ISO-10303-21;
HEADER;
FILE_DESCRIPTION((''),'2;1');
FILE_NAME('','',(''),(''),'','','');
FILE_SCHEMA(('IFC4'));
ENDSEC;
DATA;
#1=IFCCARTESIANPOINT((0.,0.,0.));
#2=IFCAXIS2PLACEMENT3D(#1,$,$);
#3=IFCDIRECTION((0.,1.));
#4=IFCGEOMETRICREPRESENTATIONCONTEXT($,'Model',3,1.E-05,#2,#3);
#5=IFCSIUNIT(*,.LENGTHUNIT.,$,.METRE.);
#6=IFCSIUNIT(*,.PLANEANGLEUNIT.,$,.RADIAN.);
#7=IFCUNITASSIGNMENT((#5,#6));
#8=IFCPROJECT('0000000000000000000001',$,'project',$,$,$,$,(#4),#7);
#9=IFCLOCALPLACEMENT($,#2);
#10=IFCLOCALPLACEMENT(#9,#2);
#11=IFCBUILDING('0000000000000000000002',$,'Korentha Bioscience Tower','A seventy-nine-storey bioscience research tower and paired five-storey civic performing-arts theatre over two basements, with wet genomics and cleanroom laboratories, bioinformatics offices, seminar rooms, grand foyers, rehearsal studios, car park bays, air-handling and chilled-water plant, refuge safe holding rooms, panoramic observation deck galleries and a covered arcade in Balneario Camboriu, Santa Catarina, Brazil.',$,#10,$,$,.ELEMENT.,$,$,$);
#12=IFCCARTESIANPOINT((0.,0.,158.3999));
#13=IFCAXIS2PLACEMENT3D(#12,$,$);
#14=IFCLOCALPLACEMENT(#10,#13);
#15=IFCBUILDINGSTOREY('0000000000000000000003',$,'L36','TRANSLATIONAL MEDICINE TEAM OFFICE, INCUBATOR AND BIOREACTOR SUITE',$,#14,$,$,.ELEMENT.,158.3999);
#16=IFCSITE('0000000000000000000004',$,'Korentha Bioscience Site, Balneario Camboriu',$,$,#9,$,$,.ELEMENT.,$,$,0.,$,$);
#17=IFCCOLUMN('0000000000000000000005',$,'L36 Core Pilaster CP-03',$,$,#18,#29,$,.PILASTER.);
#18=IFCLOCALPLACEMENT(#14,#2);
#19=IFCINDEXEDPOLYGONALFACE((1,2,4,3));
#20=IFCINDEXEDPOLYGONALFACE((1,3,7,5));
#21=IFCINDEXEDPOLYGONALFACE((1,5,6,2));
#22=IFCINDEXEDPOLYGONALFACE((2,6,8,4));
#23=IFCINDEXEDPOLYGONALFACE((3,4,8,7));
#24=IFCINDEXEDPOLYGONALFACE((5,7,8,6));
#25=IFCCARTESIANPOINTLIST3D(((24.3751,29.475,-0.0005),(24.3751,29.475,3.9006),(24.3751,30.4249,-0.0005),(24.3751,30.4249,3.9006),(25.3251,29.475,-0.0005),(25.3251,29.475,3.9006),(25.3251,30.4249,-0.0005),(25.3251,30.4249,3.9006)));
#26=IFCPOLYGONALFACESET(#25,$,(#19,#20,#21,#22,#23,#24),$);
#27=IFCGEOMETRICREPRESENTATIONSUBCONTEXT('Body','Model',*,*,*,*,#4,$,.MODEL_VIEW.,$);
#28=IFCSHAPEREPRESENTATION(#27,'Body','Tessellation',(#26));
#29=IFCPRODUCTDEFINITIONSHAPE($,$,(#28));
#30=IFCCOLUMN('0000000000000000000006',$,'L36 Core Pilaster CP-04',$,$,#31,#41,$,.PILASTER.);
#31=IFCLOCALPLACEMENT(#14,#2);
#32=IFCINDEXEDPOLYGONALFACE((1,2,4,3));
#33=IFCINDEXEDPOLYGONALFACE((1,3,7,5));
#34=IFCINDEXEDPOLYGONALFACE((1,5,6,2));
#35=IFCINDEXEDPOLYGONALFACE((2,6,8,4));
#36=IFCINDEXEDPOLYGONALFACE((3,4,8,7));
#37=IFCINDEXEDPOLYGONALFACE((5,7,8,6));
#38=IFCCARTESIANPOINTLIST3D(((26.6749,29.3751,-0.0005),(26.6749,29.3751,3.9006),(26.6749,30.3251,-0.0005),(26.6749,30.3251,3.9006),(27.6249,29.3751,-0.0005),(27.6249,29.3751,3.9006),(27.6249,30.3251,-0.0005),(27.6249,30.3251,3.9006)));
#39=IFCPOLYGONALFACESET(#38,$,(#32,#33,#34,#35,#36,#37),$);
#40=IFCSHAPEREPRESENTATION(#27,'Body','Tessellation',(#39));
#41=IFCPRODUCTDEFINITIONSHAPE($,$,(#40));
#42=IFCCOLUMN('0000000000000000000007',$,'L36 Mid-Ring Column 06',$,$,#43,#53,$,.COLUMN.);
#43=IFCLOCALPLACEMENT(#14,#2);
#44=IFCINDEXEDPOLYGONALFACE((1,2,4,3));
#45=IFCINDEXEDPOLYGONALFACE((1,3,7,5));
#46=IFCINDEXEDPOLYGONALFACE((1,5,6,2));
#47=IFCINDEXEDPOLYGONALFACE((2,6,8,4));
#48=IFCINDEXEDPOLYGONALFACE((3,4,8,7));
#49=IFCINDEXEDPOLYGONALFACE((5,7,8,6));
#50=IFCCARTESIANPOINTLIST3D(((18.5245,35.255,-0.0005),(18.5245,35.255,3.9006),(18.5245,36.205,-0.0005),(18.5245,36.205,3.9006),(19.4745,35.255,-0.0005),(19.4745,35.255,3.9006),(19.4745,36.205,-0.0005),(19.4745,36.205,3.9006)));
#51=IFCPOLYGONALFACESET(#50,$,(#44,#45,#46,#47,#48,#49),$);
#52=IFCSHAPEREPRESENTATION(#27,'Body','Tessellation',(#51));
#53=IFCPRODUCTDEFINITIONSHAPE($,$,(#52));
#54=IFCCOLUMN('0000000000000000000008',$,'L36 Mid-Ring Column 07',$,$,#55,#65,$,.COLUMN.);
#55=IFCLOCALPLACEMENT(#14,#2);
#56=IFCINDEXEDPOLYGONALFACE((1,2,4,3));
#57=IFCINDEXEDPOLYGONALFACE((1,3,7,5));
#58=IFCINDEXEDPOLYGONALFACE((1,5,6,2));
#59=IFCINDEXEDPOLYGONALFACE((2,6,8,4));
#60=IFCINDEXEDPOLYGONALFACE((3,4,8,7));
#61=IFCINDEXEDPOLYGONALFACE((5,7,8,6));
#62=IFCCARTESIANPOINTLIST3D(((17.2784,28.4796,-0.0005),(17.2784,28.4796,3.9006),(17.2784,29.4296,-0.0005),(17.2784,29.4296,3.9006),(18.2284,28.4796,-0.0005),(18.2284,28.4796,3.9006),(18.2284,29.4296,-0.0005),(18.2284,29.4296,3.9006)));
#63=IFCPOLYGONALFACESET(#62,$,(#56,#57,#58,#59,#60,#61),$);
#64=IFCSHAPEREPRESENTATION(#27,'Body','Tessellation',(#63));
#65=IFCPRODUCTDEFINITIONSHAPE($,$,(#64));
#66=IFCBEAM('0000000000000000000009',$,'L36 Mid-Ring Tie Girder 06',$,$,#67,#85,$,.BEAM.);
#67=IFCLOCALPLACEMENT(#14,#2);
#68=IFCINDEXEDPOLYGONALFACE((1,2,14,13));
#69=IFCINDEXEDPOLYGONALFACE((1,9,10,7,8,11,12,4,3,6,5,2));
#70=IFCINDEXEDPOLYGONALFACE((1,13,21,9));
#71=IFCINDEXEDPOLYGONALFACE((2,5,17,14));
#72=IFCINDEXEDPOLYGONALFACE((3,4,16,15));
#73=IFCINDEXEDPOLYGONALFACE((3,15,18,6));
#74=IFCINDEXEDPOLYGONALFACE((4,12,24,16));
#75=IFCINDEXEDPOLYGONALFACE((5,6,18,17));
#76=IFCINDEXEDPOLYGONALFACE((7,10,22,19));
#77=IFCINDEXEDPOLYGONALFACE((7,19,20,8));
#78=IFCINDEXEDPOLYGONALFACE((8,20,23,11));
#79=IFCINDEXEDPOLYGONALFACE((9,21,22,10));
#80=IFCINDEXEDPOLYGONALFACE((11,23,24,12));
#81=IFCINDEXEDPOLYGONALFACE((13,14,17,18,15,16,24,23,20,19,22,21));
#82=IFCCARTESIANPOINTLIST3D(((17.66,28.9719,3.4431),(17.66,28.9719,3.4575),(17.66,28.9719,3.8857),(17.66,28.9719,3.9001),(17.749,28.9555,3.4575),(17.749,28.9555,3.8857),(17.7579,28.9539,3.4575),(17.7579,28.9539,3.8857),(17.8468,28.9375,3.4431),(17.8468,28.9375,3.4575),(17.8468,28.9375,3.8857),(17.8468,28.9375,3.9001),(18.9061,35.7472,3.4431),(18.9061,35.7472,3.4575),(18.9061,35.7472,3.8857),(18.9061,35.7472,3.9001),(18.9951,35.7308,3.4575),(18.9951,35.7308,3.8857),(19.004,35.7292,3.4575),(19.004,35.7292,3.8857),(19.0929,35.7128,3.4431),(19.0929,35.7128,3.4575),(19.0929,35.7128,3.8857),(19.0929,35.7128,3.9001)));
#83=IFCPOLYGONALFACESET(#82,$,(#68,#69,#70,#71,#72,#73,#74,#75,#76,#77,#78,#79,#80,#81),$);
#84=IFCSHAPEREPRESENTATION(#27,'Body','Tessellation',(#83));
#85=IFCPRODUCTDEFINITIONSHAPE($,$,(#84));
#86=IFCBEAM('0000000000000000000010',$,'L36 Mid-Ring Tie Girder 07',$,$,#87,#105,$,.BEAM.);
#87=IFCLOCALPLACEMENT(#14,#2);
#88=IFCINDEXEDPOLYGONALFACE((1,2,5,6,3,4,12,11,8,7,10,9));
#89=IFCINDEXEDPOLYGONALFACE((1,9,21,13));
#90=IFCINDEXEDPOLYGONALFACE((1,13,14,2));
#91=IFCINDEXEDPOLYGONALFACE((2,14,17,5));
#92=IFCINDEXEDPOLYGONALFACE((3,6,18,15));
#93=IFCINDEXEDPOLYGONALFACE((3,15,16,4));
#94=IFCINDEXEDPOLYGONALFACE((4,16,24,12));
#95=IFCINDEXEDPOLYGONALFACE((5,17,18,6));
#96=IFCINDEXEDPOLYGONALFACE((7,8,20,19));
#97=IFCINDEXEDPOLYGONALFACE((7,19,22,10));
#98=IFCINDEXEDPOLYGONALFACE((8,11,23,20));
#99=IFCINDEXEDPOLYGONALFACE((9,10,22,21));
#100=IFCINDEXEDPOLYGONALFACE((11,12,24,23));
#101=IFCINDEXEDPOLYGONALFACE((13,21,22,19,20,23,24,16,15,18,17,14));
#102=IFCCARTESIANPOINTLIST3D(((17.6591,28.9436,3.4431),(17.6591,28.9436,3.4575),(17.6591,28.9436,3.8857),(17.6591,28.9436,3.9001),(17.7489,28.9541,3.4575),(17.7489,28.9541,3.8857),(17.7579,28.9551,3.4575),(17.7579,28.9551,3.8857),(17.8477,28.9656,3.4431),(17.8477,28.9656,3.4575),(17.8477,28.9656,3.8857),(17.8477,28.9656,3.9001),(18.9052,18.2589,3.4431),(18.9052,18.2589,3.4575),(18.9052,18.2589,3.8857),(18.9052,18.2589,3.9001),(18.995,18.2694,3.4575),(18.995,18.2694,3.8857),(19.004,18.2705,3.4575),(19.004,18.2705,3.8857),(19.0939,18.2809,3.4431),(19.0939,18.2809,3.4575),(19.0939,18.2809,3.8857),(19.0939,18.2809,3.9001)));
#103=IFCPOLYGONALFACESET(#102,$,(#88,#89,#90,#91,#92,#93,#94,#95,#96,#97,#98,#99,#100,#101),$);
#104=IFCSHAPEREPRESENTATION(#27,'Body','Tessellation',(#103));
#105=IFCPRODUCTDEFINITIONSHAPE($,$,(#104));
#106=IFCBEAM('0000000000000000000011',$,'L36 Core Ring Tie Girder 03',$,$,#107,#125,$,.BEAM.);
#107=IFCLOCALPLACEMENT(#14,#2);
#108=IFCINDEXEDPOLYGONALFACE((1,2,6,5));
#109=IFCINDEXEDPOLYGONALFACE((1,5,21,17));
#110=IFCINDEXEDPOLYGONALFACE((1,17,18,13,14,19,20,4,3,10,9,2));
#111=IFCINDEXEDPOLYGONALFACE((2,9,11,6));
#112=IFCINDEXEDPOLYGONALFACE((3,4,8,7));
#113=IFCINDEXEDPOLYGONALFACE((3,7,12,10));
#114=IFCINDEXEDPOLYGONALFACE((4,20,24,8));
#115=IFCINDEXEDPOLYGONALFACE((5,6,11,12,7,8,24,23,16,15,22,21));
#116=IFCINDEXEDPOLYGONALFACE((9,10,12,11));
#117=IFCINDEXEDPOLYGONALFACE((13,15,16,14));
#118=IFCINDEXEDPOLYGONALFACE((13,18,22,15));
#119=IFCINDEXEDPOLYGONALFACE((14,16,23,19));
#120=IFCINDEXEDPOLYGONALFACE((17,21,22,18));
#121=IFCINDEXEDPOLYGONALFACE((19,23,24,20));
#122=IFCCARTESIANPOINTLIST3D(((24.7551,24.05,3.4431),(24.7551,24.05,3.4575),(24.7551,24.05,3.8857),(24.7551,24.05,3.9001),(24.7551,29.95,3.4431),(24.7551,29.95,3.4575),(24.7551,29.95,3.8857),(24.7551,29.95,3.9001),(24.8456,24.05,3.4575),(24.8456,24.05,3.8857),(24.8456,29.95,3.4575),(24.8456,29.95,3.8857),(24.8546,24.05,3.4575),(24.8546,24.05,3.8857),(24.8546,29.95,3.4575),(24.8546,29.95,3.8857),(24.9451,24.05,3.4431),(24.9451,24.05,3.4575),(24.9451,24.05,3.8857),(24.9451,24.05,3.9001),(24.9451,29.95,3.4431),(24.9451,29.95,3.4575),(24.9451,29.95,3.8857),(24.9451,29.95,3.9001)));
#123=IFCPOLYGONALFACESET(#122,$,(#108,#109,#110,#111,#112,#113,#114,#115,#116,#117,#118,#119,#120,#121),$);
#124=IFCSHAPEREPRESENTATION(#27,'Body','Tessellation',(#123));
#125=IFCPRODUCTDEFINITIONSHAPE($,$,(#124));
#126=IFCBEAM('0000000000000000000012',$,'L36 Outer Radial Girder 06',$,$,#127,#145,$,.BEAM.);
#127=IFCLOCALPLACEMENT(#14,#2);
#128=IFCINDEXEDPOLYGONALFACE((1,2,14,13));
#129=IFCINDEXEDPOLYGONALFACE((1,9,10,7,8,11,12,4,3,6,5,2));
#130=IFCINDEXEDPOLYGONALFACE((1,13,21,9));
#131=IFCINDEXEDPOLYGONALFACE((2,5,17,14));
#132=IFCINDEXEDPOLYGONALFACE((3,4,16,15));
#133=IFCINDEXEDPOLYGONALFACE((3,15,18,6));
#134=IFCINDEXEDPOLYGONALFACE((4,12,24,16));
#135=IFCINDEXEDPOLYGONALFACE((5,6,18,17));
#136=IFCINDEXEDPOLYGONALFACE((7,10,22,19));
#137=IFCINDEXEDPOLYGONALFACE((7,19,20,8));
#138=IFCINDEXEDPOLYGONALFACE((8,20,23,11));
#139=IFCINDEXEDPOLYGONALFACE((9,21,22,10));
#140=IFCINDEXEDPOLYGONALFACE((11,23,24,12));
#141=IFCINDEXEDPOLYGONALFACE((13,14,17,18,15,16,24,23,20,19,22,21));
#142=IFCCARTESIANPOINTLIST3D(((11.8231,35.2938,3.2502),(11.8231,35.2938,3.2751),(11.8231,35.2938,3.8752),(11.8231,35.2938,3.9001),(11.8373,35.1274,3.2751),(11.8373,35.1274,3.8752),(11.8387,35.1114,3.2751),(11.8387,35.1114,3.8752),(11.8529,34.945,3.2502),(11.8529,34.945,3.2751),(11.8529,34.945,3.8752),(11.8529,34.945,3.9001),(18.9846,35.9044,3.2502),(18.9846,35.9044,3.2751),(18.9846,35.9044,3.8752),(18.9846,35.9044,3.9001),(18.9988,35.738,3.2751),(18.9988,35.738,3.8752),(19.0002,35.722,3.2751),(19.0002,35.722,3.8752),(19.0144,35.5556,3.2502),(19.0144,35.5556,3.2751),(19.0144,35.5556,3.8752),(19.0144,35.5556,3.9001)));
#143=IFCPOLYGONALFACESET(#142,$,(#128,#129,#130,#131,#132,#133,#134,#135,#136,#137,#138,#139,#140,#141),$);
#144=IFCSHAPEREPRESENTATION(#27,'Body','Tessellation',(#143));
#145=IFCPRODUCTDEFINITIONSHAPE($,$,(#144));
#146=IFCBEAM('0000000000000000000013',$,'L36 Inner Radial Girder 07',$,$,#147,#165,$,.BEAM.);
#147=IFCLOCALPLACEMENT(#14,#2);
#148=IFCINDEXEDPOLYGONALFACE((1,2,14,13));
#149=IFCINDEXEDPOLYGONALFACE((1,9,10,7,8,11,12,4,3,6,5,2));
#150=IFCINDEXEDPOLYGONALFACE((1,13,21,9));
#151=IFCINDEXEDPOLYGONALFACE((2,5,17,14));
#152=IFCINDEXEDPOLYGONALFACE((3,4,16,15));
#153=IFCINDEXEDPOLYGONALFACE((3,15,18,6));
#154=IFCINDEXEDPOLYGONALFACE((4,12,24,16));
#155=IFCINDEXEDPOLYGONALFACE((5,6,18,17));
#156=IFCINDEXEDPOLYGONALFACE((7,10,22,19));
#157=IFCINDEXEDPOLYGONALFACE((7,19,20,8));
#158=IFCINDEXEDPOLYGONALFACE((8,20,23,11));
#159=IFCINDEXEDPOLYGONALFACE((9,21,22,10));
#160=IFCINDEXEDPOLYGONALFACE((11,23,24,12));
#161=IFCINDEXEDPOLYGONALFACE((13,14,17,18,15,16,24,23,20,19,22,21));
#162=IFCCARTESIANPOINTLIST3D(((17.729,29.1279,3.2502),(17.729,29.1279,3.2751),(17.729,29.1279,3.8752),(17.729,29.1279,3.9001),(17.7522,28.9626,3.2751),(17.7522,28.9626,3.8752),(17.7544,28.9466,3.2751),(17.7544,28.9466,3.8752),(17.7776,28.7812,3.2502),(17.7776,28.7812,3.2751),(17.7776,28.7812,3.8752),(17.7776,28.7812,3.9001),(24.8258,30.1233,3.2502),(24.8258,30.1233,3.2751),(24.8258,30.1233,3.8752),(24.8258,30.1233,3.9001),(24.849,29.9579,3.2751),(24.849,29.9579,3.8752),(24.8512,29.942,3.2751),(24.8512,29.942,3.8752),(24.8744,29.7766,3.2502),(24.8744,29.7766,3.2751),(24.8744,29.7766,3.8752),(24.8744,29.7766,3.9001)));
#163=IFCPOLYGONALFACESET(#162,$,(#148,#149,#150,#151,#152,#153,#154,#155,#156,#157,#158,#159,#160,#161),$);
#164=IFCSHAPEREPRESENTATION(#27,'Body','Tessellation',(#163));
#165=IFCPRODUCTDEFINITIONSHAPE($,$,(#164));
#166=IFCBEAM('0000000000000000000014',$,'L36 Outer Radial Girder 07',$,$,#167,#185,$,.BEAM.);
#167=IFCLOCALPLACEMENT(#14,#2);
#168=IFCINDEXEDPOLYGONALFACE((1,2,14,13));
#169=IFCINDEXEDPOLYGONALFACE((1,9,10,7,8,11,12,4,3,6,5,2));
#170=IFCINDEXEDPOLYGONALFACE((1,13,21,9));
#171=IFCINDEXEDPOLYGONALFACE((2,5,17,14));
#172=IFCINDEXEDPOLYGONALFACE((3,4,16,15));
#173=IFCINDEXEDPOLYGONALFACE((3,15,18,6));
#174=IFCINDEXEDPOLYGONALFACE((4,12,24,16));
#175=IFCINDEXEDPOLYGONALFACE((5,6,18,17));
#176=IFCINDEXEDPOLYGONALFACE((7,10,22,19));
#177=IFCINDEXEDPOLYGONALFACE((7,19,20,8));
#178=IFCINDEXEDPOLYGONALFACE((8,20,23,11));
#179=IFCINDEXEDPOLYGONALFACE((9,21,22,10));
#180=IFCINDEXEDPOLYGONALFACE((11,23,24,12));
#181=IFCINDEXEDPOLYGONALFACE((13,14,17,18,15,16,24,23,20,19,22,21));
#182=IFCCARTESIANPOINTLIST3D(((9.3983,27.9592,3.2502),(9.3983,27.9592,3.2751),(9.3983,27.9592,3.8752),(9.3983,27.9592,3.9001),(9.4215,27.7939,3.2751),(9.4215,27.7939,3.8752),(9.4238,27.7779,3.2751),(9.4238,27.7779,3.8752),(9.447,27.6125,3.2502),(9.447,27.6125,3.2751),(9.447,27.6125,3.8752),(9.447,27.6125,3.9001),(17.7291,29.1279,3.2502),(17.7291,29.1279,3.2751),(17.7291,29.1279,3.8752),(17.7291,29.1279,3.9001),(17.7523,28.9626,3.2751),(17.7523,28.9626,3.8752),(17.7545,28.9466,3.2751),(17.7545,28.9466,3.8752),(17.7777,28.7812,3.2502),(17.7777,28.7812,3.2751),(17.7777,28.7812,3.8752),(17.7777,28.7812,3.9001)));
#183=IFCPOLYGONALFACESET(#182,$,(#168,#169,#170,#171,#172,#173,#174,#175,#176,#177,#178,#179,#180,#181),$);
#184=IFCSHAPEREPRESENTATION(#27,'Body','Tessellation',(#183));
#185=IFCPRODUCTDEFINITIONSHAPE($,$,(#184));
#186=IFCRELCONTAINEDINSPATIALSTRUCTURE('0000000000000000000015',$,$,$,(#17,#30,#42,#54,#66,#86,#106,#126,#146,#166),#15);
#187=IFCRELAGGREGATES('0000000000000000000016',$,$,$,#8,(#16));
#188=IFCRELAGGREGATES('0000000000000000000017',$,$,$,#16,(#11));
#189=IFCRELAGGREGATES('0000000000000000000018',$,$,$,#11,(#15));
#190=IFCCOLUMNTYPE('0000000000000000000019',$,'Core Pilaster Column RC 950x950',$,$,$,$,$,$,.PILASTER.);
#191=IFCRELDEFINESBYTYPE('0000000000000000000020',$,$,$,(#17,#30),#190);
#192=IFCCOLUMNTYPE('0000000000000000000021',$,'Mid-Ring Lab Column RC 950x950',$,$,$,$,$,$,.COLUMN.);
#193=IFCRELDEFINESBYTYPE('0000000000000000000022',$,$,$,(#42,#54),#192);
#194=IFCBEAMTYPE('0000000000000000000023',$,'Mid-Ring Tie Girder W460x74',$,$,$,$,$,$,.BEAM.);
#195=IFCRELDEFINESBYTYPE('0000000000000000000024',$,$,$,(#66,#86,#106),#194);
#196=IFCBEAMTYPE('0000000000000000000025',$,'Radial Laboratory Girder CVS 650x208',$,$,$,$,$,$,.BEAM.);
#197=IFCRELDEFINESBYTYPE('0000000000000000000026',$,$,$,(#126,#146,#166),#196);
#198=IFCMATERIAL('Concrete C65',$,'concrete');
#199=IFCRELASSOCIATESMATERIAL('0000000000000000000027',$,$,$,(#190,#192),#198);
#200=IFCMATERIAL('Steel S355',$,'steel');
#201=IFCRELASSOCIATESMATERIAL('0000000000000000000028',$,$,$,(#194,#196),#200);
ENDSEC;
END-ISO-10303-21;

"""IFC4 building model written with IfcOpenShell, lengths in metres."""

from ifc_helpers import new_model, si_unit, direction, frame, origin, origin_2d, place, context, subcontext, project, spatial, rectangle, i_section, extrude, material, material_profile, profile_set, type_object, element, save


model = new_model("IFC4")

# Units and contexts
model_context = context("Model", 3, precision=1e-05, world=origin(), true_north=direction((0.0, 1.0)))
body_context = subcontext(model_context, "Body", "Model", "MODEL_VIEW")
ifc_project = project(units=[si_unit("LENGTHUNIT", "METRE"), si_unit("PLANEANGLEUNIT", "RADIAN")], contexts=[model_context])

# Site, building, storey
site_placement = place(None, origin())
site = spatial("IfcSite", under=ifc_project, at=site_placement, Name="Korentha Bioscience Site, Balneario Camboriu", CompositionType="ELEMENT", RefElevation=0.0)
building_placement = place(site_placement, origin())
building = spatial("IfcBuilding", under=site, at=building_placement, Name="Korentha Bioscience Tower", Description="A seventy-nine-storey bioscience research tower and paired five-storey civic performing-arts theatre over two basements, with wet genomics and cleanroom laboratories, bioinformatics offices, seminar rooms, grand foyers, rehearsal studios, car park bays, air-handling and chilled-water plant, refuge safe holding rooms, panoramic observation deck galleries and a covered arcade in Balneario Camboriu, Santa Catarina, Brazil.", CompositionType="ELEMENT")
storey_placement = place(building_placement, frame((0.0, 0.0, 158.3999)))
storey = spatial("IfcBuildingStorey", under=building, at=storey_placement, Name="L36", Description="TRANSLATIONAL MEDICINE TEAM OFFICE, INCUBATOR AND BIOREACTOR SUITE", CompositionType="ELEMENT", Elevation=158.3999)

# Columns
ifc_material_1 = material(Name="Concrete C65", Category="concrete")
ifc_material_profile_1 = material_profile(ifc_material_1, rectangle(XDim=0.95, YDim=0.95, at=origin_2d()), Name="Concrete C65")
ifc_profile_set_1 = profile_set([ifc_material_profile_1], Name="Concrete C65 (COL-CP09)")
column_type_1 = type_object("IfcColumnType", Name="Core Pilaster Column RC 950x950", PredefinedType="PILASTER", material=ifc_profile_set_1)
for number, where, z_axis, x_axis, name in (
    (1, (24.8501, 29.95, -0.0005), (0.0, 0.0, 1.0), (1.0, 0.0, 0.0), "L36 Core Pilaster CP-03"),
    (2, (27.1499, 29.8501, -0.0005), (0.0, 0.0, 1.0), (1.0, 0.0, 0.0), "L36 Core Pilaster CP-04"),
):
    element("IfcColumn", number, at=place(storey_placement, frame(where, z_axis=z_axis, x_axis=x_axis)), inside=storey, type_object=column_type_1, Name=name, PredefinedType="PILASTER", context=body_context, shape_type="SweptSolid", body=[
        extrude(rectangle(XDim=0.95, YDim=0.95, at=origin_2d()), origin(), (0.0, 0.0, 1.0), 3.9011),
    ])
ifc_material_profile_2 = material_profile(ifc_material_1, rectangle(XDim=0.95, YDim=0.95, at=origin_2d()), Name="Concrete C65")
ifc_profile_set_2 = profile_set([ifc_material_profile_2], Name="Concrete C65 (COL-MR09)")
column_type_2 = type_object("IfcColumnType", Name="Mid-Ring Lab Column RC 950x950", PredefinedType="COLUMN", material=ifc_profile_set_2)
for number, where, z_axis, x_axis, name in (
    (3, (18.9995, 35.73, -0.0005), (0.0, 0.0, 1.0), (1.0, 0.0, 0.0), "L36 Mid-Ring Column 06"),
    (4, (17.7534, 28.9546, -0.0005), (0.0, 0.0, 1.0), (1.0, 0.0, 0.0), "L36 Mid-Ring Column 07"),
):
    element("IfcColumn", number, at=place(storey_placement, frame(where, z_axis=z_axis, x_axis=x_axis)), inside=storey, type_object=column_type_2, Name=name, PredefinedType="COLUMN", context=body_context, shape_type="SweptSolid", body=[
        extrude(rectangle(XDim=0.95, YDim=0.95, at=origin_2d()), origin(), (0.0, 0.0, 1.0), 3.9011),
    ])

# Beams
ifc_material_2 = material(Name="Steel S355", Category="steel")
ifc_material_profile_3 = material_profile(ifc_material_2, i_section(OverallWidth=0.1899, OverallDepth=0.457, WebThickness=0.009, FlangeThickness=0.0144, at=origin_2d()), Name="Steel S355")
ifc_profile_set_3 = profile_set([ifc_material_profile_3], Name="Steel S355 (MB-460)")
beam_type_1 = type_object("IfcBeamType", Name="Mid-Ring Tie Girder W460x74", PredefinedType="BEAM", material=ifc_profile_set_3)
beam_1_placement = place(storey_placement, frame((18.9995, 35.73, 3.6716), z_axis=(-0.180881, -0.983505, 0.0), x_axis=(0.983505, -0.180881, 0.0)))
element("IfcBeam", 5, at=beam_1_placement, inside=storey, type_object=beam_type_1, Name="L36 Mid-Ring Tie Girder 06", PredefinedType="BEAM", context=body_context, shape_type="SweptSolid", body=[
    extrude(i_section(OverallWidth=0.1899, OverallDepth=0.457, WebThickness=0.009, FlangeThickness=0.0144, at=origin_2d()), origin(), (0.0, 0.0, 1.0), 6.8889),
])
beam_2_placement = place(storey_placement, frame((17.7534, 28.9546, 3.6716), z_axis=(0.11584, -0.993268, 0.0), x_axis=(0.993268, 0.11584, 0.0)))
element("IfcBeam", 6, at=beam_2_placement, inside=storey, type_object=beam_type_1, Name="L36 Mid-Ring Tie Girder 07", PredefinedType="BEAM", context=body_context, shape_type="SweptSolid", body=[
    extrude(i_section(OverallWidth=0.1899, OverallDepth=0.457, WebThickness=0.009, FlangeThickness=0.0144, at=origin_2d()), origin(), (0.0, 0.0, 1.0), 10.7571),
])
beam_3_placement = place(storey_placement, frame((24.8501, 29.95, 3.6716), z_axis=(0.0, -1.0, 0.0), x_axis=(1.0, 0.0, 0.0)))
element("IfcBeam", 7, at=beam_3_placement, inside=storey, type_object=beam_type_1, Name="L36 Core Ring Tie Girder 03", PredefinedType="BEAM", context=body_context, shape_type="SweptSolid", body=[
    extrude(i_section(OverallWidth=0.1899, OverallDepth=0.457, WebThickness=0.009, FlangeThickness=0.0144, at=origin_2d()), origin(), (0.0, 0.0, 1.0), 5.8999),
])
ifc_material_profile_4 = material_profile(ifc_material_2, i_section(OverallWidth=0.3501, OverallDepth=0.6499, WebThickness=0.0161, FlangeThickness=0.0249, at=origin_2d()), Name="Steel S355")
ifc_profile_set_4 = profile_set([ifc_material_profile_4], Name="Steel S355 (RB-650)")
beam_type_2 = type_object("IfcBeamType", Name="Radial Laboratory Girder CVS 650x208", PredefinedType="BEAM", material=ifc_profile_set_4)
beam_4_placement = place(storey_placement, frame((18.9995, 35.73, 3.5752), z_axis=(-0.996385, -0.084951, 0.0), x_axis=(0.084951, -0.996385, 0.0)))
element("IfcBeam", 8, at=beam_4_placement, inside=storey, type_object=beam_type_2, Name="L36 Outer Radial Girder 06", PredefinedType="BEAM", context=body_context, shape_type="SweptSolid", body=[
    extrude(i_section(OverallWidth=0.3501, OverallDepth=0.6499, WebThickness=0.0161, FlangeThickness=0.0249, at=origin_2d()), origin(), (0.0, 0.0, 1.0), 7.1875),
])
beam_5_placement = place(storey_placement, frame((24.8501, 29.95, 3.5752), z_axis=(-0.990307, -0.138898, 0.0), x_axis=(0.138898, -0.990307, 0.0)))
element("IfcBeam", 9, at=beam_5_placement, inside=storey, type_object=beam_type_2, Name="L36 Inner Radial Girder 07", PredefinedType="BEAM", context=body_context, shape_type="SweptSolid", body=[
    extrude(i_section(OverallWidth=0.3501, OverallDepth=0.6499, WebThickness=0.0161, FlangeThickness=0.0249, at=origin_2d()), origin(), (0.0, 0.0, 1.0), 7.1663),
])
beam_6_placement = place(storey_placement, frame((17.7534, 28.9546, 3.5752), z_axis=(-0.990303, -0.138926, 0.0), x_axis=(0.138926, -0.990303, 0.0)))
element("IfcBeam", 10, at=beam_6_placement, inside=storey, type_object=beam_type_2, Name="L36 Outer Radial Girder 07", PredefinedType="BEAM", context=body_context, shape_type="SweptSolid", body=[
    extrude(i_section(OverallWidth=0.3501, OverallDepth=0.6499, WebThickness=0.0161, FlangeThickness=0.0249, at=origin_2d()), origin(), (0.0, 0.0, 1.0), 8.4124),
])

save(model, "model.ifc")
